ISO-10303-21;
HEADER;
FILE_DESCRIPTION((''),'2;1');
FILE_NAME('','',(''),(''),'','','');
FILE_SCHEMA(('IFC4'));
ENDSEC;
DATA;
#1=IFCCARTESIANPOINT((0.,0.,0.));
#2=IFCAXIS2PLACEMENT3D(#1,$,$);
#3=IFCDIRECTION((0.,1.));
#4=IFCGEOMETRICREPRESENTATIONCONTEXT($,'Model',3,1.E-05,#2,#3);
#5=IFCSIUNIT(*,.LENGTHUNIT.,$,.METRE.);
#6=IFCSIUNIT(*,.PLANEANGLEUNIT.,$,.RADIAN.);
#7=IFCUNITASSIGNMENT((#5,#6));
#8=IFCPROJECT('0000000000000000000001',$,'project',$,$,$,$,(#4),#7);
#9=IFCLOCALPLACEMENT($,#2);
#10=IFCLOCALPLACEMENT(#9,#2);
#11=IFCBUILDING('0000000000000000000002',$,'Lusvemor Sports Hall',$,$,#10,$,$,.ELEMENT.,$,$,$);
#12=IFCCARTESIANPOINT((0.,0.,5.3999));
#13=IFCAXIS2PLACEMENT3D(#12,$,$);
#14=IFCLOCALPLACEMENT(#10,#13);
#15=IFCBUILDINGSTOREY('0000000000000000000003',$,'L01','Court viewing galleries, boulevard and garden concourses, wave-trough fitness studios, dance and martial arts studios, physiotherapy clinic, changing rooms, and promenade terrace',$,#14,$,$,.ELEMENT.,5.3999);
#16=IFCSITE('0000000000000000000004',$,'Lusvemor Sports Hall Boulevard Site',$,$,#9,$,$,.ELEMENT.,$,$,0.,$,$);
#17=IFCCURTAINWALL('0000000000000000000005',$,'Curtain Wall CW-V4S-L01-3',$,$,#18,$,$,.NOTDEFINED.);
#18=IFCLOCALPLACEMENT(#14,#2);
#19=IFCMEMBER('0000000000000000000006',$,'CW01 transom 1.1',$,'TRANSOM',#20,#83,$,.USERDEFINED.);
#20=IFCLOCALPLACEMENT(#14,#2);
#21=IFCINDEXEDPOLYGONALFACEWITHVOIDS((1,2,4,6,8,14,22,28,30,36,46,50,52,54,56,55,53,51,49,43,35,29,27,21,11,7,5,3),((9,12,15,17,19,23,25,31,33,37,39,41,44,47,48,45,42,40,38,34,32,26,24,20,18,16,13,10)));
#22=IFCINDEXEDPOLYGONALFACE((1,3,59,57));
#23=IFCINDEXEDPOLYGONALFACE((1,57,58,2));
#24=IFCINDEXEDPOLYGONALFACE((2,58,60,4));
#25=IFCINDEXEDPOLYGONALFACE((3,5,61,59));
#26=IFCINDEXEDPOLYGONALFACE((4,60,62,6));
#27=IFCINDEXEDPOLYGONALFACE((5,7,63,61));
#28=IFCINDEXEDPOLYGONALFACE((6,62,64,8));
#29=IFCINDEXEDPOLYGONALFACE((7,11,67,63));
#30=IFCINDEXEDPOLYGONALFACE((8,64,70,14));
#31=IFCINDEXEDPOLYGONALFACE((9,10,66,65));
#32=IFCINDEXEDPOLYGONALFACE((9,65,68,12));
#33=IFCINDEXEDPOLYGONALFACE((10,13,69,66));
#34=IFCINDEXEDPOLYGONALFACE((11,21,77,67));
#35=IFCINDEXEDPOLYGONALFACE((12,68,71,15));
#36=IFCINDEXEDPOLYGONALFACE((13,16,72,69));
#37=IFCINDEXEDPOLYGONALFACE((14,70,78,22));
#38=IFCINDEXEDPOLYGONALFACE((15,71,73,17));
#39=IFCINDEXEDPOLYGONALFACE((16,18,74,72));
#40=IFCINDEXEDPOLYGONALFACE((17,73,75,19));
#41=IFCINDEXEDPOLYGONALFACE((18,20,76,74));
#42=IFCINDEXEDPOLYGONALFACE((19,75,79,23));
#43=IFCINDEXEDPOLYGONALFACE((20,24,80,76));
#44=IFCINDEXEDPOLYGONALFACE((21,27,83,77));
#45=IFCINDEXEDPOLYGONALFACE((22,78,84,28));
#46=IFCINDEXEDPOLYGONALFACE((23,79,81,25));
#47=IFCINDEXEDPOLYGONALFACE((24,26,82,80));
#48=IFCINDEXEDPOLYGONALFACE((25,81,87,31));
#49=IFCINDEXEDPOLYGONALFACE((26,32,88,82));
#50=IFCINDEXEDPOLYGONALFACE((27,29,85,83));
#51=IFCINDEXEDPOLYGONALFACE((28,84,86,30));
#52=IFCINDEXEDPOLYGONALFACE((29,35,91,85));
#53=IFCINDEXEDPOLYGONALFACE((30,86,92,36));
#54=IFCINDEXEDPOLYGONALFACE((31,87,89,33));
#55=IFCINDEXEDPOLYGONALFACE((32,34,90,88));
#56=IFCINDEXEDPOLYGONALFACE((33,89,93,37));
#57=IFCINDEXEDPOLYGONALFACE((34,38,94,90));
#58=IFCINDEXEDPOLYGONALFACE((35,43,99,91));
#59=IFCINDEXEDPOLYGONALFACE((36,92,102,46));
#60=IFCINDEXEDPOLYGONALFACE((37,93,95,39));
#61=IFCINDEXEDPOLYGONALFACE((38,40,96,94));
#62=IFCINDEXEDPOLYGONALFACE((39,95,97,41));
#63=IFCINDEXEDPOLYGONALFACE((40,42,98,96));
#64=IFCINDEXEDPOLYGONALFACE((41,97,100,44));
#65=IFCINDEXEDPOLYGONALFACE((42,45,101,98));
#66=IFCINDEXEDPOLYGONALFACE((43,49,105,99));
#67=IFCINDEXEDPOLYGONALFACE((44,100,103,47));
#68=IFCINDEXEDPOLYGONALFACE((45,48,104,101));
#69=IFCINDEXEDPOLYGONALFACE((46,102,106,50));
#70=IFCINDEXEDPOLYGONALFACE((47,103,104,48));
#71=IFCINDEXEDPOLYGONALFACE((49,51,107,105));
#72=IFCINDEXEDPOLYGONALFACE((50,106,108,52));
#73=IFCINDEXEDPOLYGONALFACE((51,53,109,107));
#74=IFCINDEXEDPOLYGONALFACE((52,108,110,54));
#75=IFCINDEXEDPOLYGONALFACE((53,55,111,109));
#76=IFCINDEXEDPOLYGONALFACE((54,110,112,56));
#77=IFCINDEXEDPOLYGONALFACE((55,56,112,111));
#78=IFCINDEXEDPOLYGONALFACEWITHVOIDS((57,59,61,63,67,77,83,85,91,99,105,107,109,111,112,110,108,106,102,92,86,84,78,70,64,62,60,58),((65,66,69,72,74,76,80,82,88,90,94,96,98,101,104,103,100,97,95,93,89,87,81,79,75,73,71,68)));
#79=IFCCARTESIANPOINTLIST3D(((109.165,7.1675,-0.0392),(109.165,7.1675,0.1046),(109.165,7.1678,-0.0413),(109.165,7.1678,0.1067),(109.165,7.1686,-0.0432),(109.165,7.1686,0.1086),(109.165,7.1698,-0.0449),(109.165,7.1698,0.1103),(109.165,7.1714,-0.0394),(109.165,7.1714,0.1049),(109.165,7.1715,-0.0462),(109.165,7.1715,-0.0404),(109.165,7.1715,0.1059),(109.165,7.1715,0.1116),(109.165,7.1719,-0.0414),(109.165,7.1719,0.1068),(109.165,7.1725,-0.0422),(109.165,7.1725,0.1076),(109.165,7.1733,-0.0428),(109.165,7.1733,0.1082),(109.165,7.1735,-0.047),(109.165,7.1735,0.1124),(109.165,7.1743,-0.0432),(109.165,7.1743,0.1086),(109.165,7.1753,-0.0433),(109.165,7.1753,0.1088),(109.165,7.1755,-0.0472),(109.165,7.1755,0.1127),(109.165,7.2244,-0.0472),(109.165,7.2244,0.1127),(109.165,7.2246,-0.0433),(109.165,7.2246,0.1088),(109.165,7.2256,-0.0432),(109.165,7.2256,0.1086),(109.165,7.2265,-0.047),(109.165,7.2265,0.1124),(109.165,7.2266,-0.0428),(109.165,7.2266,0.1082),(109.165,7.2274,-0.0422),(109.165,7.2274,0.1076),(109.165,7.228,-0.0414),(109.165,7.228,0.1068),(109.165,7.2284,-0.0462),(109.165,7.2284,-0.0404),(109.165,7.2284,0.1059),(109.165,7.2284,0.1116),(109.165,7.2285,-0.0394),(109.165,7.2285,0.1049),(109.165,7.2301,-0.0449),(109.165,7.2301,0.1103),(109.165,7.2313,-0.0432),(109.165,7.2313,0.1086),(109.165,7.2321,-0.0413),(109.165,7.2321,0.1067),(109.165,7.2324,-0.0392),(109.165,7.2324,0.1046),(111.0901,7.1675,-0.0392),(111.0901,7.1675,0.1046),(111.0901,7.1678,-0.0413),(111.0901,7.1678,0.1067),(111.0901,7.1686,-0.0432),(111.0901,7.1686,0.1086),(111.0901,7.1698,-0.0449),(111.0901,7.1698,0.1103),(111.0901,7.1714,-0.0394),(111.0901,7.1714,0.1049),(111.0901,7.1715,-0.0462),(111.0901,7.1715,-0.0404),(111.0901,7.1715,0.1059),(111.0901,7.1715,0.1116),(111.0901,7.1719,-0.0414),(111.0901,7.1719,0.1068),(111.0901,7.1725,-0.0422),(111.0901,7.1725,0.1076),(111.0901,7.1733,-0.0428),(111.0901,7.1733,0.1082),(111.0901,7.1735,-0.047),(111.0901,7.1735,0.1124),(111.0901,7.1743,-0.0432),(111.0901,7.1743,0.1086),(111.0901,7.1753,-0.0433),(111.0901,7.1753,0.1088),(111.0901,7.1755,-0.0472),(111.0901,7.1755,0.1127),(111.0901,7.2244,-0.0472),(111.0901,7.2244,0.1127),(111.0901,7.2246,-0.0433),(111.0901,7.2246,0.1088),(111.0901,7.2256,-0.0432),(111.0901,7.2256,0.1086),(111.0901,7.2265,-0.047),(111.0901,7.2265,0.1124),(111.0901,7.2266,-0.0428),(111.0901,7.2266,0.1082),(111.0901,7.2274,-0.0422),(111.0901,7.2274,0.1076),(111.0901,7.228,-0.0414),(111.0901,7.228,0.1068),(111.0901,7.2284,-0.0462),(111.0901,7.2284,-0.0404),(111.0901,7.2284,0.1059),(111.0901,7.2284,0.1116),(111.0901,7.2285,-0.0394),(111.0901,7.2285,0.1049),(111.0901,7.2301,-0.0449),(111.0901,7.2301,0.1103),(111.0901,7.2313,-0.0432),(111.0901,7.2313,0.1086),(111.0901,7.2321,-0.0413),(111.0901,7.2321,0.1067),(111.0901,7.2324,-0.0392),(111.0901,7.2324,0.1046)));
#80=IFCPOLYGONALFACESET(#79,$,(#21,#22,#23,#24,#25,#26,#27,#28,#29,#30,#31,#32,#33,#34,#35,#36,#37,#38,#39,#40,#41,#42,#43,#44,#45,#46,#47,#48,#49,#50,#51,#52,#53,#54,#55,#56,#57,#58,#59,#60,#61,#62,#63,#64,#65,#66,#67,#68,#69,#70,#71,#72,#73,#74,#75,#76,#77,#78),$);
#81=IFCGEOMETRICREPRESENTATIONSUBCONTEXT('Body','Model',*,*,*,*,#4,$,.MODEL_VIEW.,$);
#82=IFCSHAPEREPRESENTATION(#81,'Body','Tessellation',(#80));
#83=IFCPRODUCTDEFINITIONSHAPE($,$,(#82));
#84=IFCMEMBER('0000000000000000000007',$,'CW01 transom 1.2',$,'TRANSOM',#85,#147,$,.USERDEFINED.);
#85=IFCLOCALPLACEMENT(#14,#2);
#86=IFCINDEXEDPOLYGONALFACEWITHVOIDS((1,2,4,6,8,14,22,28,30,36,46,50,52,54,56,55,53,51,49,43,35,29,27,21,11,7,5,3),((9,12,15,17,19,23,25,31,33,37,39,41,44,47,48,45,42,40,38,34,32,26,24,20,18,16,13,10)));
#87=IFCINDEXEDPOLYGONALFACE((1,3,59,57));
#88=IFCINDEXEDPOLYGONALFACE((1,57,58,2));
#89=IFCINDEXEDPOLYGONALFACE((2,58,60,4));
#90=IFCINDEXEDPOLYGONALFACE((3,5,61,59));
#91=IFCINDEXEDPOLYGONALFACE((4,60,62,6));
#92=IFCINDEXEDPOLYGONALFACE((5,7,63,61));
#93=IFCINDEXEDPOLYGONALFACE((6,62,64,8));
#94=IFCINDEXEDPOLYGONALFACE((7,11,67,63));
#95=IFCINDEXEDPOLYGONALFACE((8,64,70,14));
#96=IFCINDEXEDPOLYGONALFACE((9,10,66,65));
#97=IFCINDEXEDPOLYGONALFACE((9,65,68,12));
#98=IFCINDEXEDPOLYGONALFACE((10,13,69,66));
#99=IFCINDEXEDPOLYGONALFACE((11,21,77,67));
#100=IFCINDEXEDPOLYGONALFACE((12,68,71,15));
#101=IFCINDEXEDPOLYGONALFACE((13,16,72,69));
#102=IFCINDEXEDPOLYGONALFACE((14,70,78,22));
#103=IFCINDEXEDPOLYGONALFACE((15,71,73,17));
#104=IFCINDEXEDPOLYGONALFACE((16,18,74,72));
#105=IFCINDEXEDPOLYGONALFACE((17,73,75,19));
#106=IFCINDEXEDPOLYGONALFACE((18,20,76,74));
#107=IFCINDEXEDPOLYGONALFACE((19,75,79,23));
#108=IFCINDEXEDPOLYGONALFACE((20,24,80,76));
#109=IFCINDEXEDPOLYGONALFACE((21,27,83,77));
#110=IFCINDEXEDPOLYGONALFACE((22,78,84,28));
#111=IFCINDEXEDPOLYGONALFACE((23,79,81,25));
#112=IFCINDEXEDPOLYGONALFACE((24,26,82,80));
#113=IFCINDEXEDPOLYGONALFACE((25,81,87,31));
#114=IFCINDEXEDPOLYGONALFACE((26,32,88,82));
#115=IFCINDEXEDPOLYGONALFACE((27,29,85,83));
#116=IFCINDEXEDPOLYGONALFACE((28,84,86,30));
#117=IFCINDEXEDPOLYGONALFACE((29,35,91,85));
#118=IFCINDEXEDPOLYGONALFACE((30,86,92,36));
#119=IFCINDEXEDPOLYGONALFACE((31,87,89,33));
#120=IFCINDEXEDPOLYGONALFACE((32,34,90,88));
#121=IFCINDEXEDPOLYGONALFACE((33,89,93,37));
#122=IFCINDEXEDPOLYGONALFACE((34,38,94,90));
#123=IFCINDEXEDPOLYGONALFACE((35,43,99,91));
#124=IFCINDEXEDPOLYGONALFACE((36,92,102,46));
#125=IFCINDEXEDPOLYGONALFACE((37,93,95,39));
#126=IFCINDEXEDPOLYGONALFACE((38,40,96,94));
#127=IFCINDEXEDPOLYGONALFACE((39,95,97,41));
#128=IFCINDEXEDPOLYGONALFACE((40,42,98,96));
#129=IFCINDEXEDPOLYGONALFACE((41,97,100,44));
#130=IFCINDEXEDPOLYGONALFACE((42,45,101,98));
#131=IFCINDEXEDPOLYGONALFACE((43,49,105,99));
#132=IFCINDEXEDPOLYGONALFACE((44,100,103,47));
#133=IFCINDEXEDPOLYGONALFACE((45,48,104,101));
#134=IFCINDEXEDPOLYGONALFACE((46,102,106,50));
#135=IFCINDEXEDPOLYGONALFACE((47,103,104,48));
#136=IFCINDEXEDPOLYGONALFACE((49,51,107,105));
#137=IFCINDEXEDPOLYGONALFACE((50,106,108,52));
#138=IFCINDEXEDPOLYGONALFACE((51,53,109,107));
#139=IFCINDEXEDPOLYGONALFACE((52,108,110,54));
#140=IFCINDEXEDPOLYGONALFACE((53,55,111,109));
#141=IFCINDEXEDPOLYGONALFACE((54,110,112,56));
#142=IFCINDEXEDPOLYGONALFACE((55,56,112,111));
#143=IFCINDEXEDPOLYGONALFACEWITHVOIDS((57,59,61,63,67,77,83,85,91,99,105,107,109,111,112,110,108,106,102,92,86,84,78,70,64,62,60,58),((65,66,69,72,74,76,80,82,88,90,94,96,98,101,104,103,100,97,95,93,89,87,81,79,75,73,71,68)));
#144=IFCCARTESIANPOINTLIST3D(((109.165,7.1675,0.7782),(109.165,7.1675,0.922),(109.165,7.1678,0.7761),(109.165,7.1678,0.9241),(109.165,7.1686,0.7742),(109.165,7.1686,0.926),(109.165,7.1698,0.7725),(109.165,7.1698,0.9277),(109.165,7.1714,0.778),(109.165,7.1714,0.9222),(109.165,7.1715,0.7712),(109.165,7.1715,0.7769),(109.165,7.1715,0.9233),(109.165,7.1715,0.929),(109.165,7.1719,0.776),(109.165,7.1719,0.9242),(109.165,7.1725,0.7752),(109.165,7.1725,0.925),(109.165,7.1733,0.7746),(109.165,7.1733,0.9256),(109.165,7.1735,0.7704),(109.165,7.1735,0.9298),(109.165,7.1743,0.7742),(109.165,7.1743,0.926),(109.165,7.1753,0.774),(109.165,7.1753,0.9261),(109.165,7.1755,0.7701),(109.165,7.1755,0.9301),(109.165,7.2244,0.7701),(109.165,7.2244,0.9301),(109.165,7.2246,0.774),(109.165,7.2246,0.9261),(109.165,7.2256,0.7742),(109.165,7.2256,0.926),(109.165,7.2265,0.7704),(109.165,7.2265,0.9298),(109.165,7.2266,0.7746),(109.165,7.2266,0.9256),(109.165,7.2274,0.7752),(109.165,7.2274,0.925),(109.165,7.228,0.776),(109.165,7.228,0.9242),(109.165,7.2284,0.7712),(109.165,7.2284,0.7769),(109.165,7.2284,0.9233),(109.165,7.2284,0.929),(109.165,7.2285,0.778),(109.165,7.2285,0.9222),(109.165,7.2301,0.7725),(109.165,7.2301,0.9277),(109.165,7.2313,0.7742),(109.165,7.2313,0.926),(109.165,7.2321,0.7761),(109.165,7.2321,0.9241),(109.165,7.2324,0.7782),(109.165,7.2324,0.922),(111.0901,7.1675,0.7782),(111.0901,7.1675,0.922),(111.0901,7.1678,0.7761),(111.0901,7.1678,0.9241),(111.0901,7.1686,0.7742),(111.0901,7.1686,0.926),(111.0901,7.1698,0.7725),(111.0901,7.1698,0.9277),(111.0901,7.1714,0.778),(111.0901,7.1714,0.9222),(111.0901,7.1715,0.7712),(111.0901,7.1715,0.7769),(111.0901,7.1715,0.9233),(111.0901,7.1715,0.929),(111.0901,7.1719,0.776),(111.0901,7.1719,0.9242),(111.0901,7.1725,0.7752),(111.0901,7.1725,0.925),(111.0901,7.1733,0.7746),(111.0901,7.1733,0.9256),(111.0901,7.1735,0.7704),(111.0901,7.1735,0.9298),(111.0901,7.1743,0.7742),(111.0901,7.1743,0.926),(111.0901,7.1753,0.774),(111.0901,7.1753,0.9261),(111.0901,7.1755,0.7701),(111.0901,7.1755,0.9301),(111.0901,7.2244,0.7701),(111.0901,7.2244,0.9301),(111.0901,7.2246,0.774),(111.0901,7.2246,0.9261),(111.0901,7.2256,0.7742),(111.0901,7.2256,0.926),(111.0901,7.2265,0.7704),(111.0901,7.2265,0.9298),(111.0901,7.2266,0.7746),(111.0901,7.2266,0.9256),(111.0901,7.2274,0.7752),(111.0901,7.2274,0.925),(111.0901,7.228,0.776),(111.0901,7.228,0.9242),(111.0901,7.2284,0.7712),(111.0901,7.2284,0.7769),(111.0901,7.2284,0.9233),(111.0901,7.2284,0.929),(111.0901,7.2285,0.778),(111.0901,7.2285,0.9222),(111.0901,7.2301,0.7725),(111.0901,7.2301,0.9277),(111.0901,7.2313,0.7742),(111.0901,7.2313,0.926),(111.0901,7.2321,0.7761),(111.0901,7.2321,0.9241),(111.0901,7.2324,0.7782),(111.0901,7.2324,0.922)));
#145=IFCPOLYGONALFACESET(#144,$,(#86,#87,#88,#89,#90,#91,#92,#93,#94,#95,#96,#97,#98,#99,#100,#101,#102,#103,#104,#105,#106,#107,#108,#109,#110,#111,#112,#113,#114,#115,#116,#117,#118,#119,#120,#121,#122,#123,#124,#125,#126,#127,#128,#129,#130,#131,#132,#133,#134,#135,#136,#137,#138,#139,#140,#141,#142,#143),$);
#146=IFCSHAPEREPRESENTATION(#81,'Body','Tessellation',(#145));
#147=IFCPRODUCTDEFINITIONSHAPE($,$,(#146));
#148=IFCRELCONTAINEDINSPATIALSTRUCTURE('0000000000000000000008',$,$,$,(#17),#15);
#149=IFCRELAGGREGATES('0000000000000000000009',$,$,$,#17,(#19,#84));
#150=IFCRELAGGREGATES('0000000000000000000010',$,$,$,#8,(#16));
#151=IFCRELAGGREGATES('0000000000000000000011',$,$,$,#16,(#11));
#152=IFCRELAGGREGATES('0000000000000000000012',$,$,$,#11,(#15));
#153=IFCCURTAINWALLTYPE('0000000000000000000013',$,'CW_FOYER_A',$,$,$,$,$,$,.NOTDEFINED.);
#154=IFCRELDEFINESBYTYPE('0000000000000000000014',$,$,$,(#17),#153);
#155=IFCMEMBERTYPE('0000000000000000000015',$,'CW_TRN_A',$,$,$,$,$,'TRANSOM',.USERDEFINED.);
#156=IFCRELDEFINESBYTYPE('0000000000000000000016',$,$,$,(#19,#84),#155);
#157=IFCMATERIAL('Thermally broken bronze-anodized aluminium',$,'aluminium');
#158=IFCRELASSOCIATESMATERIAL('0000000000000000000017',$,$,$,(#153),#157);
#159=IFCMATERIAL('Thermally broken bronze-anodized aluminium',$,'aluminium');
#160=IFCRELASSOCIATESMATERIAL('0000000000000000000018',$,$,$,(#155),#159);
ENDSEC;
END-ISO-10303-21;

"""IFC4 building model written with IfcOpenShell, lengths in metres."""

from ifc_helpers import new_model, si_unit, direction, frame, origin, origin_2d, place, context, subcontext, project, spatial, hollow_rectangle, extrude, material, material_profile, profile_set, type_object, element, aggregate, save


model = new_model("IFC4")

# Units and contexts
model_context = context("Model", 3, precision=1e-05, world=origin(), true_north=direction((0.0, 1.0)))
body_context = subcontext(model_context, "Body", "Model", "MODEL_VIEW")
ifc_project = project(units=[si_unit("LENGTHUNIT", "METRE"), si_unit("PLANEANGLEUNIT", "RADIAN")], contexts=[model_context])

# Site, building, storey
site_placement = place(None, origin())
site = spatial("IfcSite", under=ifc_project, at=site_placement, Name="Lusvemor Sports Hall Boulevard Site", CompositionType="ELEMENT", RefElevation=0.0)
building_placement = place(site_placement, origin())
building = spatial("IfcBuilding", under=site, at=building_placement, Name="Lusvemor Sports Hall", CompositionType="ELEMENT")
storey_placement = place(building_placement, frame((0.0, 0.0, 5.3999)))
storey = spatial("IfcBuildingStorey", under=building, at=storey_placement, Name="L01", Description="Court viewing galleries, boulevard and garden concourses, wave-trough fitness studios, dance and martial arts studios, physiotherapy clinic, changing rooms, and promenade terrace", CompositionType="ELEMENT", Elevation=5.3999)

# Curtain wall, members
ifc_material_1 = material(Name="Thermally broken bronze-anodized aluminium", Category="aluminium")
curtain_wall_type = type_object("IfcCurtainWallType", Name="CW_FOYER_A", PredefinedType="NOTDEFINED", material=ifc_material_1)
curtain_wall_placement = place(storey_placement, origin())
curtain_wall = element("IfcCurtainWall", 1, at=curtain_wall_placement, inside=storey, type_object=curtain_wall_type, Name="Curtain Wall CW-V4S-L01-3", PredefinedType="NOTDEFINED")
ifc_material_2 = material(Name="Thermally broken bronze-anodized aluminium", Category="aluminium")
ifc_material_profile_1 = material_profile(ifc_material_2, hollow_rectangle(XDim=0.0649, YDim=0.1599, WallThickness=0.0039, InnerFilletRadius=0.0039, OuterFilletRadius=0.0081, at=origin_2d()), Name="CWTRN160x65x4")
ifc_profile_set_1 = profile_set([ifc_material_profile_1], Name="Thermally broken bronze-anodized aluminium")
member_type_1 = type_object("IfcMemberType", Name="CW_TRN_A", ElementType="TRANSOM", PredefinedType="USERDEFINED", material=ifc_profile_set_1)
member_1_placement = place(storey_placement, frame((111.0901, 7.2, 0.0327), z_axis=(-1.0, 0.0, 0.0), x_axis=(0.0, -1.0, 0.0)))
member_1 = element("IfcMember", 2, at=member_1_placement, type_object=member_type_1, Name="CW01 transom 1.1", ObjectType="TRANSOM", PredefinedType="USERDEFINED", context=body_context, shape_type="SweptSolid", body=[
    extrude(hollow_rectangle(XDim=0.0649, YDim=0.1599, WallThickness=0.0039, InnerFilletRadius=0.0039, OuterFilletRadius=0.0081, at=origin_2d()), origin(), (0.0, 0.0, 1.0), 1.925),
])
member_2_placement = place(storey_placement, frame((111.0901, 7.2, 0.8501), z_axis=(-1.0, 0.0, 0.0), x_axis=(0.0, -1.0, 0.0)))
member_2 = element("IfcMember", 3, at=member_2_placement, type_object=member_type_1, Name="CW01 transom 1.2", ObjectType="TRANSOM", PredefinedType="USERDEFINED", context=body_context, shape_type="SweptSolid", body=[
    extrude(hollow_rectangle(XDim=0.0649, YDim=0.1599, WallThickness=0.0039, InnerFilletRadius=0.0039, OuterFilletRadius=0.0081, at=origin_2d()), origin(), (0.0, 0.0, 1.0), 1.925),
])
aggregate(curtain_wall, [member_1, member_2])

save(model, "model.ifc")
